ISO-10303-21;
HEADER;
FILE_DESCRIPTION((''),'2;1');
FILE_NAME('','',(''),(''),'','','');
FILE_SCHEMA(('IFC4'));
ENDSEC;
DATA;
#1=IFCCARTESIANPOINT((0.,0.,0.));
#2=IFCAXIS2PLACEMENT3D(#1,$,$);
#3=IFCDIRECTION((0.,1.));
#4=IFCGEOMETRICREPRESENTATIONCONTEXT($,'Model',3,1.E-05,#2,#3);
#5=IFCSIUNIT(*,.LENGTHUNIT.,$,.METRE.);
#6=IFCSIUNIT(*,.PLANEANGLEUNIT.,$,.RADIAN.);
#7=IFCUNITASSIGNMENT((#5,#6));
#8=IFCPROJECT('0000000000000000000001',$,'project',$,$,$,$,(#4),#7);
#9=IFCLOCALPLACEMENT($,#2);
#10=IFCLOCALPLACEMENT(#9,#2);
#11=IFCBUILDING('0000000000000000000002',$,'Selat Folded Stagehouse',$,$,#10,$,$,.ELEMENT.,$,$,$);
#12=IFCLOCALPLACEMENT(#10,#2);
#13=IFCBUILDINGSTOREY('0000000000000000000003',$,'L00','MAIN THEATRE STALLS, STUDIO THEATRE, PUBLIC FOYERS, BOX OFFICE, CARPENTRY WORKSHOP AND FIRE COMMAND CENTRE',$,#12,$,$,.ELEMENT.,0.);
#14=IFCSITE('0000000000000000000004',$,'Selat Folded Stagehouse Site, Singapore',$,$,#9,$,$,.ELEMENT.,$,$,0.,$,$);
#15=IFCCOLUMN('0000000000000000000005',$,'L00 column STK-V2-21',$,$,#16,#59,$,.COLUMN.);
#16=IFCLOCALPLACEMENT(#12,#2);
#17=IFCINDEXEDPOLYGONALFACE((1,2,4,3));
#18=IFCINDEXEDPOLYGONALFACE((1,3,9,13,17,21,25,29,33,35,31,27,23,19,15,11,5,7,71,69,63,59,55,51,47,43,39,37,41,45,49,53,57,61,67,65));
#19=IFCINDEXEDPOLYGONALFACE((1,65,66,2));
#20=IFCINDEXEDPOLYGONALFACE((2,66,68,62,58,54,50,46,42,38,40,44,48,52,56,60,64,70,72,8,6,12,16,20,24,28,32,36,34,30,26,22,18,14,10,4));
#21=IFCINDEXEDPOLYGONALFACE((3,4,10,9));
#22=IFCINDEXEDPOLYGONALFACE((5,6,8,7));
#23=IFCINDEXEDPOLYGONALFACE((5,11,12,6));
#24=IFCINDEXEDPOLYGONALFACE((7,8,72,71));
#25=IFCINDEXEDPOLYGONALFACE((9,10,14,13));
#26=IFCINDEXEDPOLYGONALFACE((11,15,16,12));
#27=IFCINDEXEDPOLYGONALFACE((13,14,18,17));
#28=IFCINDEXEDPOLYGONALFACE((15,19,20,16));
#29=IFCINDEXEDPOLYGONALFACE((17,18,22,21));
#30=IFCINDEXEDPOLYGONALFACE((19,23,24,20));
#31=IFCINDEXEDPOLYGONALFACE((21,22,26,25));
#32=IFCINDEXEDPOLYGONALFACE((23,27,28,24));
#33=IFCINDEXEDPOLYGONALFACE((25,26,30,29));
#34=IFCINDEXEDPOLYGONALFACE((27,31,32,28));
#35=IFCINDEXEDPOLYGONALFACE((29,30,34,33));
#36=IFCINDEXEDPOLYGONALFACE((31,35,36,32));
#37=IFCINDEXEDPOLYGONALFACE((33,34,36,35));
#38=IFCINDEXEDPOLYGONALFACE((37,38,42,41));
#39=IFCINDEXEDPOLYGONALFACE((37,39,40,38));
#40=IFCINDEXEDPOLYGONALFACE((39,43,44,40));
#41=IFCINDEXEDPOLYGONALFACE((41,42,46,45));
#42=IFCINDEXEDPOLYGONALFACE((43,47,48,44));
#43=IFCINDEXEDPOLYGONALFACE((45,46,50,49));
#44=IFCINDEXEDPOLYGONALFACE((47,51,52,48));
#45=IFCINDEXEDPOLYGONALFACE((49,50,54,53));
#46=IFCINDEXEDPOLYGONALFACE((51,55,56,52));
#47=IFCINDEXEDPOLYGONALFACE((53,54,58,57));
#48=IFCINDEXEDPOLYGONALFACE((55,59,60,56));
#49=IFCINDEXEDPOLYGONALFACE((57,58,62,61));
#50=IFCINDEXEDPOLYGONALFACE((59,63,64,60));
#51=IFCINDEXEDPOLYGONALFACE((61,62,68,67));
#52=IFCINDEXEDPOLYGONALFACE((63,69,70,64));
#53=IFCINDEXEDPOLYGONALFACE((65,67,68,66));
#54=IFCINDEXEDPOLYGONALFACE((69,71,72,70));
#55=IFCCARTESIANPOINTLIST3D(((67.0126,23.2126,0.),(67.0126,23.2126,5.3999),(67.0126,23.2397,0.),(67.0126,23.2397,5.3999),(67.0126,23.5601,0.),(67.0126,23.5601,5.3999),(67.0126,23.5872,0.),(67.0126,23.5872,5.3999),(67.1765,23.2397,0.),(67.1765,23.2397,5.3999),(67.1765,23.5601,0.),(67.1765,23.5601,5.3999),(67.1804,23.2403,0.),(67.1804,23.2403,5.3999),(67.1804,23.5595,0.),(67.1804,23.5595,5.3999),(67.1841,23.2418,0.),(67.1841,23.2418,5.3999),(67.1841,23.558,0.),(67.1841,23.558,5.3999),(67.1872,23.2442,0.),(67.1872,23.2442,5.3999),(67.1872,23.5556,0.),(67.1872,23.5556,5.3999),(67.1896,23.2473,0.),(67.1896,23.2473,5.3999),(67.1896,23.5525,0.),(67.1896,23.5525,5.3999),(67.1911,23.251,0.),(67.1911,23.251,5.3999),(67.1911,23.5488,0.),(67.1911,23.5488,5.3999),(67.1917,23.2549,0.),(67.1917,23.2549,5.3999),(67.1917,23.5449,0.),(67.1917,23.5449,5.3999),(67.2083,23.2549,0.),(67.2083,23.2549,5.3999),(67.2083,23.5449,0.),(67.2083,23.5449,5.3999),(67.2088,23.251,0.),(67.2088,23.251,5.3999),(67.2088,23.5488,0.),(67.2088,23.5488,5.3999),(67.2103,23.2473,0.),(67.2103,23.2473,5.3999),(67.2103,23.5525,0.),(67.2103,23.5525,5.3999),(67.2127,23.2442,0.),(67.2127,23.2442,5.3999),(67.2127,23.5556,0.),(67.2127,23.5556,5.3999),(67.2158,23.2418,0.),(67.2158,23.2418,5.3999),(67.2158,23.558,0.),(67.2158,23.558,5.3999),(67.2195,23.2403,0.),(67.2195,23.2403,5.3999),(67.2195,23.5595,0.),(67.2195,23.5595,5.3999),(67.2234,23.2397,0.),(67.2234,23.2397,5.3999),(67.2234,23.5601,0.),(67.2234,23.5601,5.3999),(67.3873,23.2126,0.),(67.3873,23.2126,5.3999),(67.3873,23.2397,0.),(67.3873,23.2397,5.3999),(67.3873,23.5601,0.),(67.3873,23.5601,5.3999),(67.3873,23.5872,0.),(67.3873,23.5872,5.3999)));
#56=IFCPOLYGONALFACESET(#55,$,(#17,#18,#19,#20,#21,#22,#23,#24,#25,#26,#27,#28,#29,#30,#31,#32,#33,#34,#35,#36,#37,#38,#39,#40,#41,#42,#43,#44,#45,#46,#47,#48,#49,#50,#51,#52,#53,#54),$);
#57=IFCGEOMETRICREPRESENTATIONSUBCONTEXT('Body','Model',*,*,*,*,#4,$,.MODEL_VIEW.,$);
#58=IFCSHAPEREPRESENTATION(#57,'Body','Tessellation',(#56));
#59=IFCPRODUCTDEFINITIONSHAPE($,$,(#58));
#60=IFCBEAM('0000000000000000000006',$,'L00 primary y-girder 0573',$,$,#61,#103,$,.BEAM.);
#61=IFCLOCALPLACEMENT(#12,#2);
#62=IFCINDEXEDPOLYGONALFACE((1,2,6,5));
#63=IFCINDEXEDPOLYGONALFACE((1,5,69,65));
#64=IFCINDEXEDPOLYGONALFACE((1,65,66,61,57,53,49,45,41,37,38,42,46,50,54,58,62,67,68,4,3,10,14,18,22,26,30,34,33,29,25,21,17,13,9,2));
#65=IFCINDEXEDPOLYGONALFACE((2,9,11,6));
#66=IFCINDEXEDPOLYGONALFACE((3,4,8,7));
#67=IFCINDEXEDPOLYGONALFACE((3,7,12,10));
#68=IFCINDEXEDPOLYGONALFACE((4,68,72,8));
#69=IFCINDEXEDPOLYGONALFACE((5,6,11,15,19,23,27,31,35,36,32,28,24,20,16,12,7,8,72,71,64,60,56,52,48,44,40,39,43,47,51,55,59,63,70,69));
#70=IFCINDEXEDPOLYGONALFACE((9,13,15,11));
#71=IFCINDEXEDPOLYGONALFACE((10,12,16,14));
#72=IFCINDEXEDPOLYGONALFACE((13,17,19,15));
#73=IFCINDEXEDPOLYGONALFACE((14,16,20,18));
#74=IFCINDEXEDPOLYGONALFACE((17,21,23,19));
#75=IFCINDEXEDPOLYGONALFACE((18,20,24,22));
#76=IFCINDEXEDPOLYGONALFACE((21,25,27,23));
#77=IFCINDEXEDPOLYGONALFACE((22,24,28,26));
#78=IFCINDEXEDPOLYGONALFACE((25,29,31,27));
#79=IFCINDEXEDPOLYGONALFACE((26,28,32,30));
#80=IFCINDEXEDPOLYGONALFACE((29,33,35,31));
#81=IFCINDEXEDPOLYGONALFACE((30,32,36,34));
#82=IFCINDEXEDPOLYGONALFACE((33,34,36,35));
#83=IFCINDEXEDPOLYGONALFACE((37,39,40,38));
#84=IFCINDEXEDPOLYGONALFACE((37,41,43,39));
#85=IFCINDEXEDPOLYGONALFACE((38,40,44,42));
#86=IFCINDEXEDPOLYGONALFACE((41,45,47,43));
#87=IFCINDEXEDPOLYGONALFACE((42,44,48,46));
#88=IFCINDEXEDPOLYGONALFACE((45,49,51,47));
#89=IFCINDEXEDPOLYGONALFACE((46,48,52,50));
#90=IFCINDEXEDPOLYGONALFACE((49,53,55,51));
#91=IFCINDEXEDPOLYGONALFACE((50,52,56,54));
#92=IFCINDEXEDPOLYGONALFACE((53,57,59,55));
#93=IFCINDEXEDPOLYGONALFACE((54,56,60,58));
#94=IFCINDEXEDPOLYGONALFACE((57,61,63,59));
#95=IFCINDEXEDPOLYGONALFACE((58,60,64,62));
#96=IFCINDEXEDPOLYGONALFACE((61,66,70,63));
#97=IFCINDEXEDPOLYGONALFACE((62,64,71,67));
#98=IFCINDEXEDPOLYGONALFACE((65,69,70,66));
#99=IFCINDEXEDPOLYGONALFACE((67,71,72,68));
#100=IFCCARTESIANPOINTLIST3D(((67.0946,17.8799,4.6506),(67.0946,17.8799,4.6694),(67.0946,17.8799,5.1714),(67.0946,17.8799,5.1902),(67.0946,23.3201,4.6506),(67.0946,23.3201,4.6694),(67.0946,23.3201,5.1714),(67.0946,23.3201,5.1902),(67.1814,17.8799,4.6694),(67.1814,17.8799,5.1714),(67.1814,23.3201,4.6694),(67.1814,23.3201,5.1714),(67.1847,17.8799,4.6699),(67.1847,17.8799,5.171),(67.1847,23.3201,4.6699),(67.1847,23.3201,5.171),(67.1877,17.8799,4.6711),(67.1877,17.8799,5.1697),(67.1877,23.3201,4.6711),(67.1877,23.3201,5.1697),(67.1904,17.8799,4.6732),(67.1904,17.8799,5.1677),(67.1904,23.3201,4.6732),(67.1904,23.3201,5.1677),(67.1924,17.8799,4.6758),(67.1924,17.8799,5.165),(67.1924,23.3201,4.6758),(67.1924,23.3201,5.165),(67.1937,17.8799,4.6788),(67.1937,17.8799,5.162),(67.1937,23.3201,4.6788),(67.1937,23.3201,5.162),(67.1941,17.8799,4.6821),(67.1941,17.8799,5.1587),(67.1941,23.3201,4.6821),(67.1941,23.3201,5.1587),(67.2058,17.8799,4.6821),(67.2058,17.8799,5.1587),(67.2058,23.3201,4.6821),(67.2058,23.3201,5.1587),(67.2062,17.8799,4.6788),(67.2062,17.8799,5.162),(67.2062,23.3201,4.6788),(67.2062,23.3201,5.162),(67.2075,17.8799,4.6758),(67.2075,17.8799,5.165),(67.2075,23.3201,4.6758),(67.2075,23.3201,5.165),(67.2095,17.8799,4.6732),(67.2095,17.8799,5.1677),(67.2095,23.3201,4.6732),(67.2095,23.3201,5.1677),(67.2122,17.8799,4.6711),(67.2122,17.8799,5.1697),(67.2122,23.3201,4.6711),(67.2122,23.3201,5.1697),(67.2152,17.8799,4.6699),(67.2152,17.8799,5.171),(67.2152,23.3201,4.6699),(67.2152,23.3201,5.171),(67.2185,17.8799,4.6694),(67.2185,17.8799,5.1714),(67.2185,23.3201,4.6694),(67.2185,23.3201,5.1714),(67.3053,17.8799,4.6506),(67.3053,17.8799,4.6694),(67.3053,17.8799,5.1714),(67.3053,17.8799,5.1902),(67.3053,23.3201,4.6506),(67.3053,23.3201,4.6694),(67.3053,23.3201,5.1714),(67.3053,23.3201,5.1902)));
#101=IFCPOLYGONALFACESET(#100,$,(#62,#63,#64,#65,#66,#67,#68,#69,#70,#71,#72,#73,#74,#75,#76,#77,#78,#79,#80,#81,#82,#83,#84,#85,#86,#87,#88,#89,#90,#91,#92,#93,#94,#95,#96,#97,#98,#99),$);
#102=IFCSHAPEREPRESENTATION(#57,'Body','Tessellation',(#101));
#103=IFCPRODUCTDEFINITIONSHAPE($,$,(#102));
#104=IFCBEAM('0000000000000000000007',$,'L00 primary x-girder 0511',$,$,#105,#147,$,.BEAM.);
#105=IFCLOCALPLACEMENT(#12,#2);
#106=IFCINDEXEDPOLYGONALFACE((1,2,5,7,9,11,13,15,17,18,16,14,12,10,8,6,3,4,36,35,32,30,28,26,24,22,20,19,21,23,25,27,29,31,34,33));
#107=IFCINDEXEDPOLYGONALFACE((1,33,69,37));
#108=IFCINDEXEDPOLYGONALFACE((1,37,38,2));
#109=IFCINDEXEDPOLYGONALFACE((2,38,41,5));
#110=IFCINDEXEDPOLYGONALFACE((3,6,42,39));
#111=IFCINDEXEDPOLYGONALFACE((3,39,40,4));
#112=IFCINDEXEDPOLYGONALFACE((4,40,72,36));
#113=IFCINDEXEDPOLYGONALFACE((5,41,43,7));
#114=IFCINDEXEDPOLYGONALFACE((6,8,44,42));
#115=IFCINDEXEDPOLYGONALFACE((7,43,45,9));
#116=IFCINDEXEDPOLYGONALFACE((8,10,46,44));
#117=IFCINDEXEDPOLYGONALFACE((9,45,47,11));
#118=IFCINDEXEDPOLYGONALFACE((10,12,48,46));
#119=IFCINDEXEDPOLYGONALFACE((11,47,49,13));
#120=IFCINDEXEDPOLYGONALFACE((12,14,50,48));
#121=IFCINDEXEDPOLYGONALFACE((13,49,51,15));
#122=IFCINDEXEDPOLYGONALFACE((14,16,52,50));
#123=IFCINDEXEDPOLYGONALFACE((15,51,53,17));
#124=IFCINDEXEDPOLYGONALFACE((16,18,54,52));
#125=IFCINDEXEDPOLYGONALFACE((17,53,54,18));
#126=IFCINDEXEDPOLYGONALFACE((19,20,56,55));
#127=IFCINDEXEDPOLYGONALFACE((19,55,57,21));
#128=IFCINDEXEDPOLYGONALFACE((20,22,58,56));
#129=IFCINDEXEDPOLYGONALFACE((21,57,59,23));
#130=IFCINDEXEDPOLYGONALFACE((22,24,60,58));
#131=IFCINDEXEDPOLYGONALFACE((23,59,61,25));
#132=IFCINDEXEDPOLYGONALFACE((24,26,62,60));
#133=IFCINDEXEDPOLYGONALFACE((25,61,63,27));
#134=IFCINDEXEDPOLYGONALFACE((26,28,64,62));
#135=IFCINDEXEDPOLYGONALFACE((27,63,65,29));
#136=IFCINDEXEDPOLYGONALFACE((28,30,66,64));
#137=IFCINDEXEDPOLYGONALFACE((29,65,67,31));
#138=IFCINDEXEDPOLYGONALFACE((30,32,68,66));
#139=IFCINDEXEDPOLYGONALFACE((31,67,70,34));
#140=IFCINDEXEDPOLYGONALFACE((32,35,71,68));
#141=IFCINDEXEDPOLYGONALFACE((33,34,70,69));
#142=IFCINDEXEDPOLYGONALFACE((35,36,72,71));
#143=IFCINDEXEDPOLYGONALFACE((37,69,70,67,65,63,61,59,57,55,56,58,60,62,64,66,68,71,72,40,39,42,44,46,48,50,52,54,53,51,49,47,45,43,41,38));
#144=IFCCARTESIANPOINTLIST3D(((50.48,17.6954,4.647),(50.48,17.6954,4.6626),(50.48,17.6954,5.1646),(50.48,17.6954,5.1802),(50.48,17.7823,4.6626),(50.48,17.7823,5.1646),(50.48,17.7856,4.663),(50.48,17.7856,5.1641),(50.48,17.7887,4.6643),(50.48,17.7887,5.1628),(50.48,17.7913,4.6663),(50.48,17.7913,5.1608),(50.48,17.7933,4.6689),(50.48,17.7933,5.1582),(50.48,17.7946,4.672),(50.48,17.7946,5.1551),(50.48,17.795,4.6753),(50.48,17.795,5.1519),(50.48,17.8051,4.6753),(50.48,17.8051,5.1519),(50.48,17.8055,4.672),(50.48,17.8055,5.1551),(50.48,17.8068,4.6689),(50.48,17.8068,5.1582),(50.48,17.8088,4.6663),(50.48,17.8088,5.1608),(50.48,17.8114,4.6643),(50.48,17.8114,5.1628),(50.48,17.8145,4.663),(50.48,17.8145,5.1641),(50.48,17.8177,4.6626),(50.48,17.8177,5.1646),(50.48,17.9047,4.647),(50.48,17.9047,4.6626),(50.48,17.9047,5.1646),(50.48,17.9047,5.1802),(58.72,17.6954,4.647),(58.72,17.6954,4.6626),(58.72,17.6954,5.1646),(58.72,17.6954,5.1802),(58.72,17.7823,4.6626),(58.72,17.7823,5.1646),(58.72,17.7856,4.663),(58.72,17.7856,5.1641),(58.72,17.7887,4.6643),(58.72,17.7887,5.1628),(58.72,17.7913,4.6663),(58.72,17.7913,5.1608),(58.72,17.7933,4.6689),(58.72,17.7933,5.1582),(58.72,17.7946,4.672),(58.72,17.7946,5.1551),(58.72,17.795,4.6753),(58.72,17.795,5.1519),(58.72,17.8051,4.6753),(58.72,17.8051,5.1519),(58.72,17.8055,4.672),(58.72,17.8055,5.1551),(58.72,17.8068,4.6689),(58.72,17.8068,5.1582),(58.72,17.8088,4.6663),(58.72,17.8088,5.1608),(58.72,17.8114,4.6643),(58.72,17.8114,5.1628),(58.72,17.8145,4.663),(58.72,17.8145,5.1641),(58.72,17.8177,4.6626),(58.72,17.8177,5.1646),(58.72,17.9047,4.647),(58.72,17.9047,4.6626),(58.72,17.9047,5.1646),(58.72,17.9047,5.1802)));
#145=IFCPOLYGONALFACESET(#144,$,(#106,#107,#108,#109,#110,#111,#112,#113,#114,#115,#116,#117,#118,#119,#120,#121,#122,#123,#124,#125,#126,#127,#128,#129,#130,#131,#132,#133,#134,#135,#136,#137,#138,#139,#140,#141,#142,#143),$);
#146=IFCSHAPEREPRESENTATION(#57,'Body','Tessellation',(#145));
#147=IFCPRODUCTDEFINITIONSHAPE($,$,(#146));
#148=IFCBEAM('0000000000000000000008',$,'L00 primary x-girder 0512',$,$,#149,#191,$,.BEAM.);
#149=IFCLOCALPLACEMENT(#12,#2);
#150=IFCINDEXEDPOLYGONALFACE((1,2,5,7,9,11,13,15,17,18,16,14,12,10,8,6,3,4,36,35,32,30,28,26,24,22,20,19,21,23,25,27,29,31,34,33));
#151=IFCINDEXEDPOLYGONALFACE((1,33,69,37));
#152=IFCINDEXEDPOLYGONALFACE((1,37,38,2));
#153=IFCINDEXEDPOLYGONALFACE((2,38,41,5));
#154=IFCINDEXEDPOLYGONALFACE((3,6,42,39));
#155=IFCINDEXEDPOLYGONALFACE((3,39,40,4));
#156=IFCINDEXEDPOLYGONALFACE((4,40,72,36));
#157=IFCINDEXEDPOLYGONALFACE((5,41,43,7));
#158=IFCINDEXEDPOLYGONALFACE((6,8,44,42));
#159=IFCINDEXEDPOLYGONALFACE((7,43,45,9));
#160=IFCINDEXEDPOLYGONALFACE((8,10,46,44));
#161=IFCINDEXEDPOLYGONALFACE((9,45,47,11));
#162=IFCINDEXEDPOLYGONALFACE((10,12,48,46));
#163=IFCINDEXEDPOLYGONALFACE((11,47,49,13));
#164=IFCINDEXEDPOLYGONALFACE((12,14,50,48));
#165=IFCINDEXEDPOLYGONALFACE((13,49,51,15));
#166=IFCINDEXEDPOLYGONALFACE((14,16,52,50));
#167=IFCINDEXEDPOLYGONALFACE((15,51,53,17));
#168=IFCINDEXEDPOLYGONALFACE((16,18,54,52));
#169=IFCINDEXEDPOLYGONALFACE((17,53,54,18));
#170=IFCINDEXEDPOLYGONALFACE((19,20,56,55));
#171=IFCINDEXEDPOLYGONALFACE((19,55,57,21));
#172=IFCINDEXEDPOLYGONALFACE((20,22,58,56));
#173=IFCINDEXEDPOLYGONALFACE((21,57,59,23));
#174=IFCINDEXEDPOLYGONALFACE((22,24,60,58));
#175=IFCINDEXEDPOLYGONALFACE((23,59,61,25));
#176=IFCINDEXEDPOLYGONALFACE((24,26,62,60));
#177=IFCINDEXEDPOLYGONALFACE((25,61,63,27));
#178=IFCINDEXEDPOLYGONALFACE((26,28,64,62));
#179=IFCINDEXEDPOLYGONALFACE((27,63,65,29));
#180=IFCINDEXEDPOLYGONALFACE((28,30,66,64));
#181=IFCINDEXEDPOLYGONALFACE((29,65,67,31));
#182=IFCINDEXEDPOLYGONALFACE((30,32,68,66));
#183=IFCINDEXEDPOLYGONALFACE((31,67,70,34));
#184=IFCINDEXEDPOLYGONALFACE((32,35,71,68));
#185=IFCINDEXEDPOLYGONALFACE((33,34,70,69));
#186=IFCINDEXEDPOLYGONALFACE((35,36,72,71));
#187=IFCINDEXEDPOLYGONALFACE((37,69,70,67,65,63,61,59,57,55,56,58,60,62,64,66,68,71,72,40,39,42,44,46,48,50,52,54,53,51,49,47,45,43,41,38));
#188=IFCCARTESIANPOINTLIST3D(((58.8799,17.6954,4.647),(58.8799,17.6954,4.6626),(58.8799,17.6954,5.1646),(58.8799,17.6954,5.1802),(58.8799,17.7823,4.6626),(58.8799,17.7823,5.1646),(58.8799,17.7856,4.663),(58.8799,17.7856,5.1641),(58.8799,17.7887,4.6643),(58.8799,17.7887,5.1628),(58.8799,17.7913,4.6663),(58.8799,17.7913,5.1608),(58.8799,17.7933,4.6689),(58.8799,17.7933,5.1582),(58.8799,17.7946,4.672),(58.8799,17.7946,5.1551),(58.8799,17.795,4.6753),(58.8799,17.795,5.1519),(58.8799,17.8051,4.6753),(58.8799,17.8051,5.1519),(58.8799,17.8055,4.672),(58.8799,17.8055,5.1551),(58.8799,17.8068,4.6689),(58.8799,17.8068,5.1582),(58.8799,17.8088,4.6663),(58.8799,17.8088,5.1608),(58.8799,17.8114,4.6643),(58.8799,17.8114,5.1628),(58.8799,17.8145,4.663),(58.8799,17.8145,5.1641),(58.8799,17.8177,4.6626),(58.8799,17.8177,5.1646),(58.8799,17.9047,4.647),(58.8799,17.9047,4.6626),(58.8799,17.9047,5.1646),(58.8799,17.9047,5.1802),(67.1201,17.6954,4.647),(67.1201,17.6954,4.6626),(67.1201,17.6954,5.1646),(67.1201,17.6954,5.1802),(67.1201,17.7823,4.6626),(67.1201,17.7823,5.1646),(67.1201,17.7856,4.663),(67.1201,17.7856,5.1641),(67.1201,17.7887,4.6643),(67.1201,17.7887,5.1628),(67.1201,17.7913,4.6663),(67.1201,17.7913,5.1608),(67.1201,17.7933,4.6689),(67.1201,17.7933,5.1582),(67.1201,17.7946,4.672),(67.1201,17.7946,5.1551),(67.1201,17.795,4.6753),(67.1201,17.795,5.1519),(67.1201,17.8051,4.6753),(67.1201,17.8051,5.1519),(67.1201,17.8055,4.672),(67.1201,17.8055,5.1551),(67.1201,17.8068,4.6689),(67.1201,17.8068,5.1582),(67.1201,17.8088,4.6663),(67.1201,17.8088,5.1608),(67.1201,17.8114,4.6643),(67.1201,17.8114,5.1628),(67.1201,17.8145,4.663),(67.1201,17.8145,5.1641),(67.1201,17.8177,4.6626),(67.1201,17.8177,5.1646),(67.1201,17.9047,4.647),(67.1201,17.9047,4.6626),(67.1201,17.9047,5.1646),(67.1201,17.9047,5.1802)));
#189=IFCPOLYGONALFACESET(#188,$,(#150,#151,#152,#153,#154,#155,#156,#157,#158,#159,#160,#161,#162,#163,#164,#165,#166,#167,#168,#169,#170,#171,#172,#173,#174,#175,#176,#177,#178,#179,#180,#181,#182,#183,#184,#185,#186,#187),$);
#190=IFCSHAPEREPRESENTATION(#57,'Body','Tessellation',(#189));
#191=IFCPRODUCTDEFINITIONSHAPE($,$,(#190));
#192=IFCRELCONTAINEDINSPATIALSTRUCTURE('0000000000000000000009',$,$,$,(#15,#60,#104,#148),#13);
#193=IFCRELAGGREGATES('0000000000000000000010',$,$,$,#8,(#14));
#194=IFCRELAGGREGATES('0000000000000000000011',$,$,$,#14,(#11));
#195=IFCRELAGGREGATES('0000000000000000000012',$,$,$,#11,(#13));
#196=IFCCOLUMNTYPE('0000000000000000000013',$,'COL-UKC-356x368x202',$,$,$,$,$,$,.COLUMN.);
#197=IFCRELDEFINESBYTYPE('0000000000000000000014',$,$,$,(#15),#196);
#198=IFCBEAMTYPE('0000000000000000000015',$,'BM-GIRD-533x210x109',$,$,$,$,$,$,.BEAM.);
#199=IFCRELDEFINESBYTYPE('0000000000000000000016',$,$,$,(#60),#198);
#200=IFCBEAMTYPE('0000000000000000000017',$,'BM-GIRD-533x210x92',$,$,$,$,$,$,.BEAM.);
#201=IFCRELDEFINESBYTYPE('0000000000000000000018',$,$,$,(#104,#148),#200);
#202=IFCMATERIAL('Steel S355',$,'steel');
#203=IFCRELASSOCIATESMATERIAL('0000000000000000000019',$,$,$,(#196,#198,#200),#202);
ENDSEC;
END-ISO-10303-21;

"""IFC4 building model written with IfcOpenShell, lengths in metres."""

from ifc_helpers import new_model, si_unit, direction, frame, origin, origin_2d, place, context, subcontext, project, spatial, i_section, extrude, material, material_profile, profile_set, type_object, element, save


model = new_model("IFC4")

# Units and contexts
model_context = context("Model", 3, precision=1e-05, world=origin(), true_north=direction((0.0, 1.0)))
body_context = subcontext(model_context, "Body", "Model", "MODEL_VIEW")
ifc_project = project(units=[si_unit("LENGTHUNIT", "METRE"), si_unit("PLANEANGLEUNIT", "RADIAN")], contexts=[model_context])

# Site, building, storey
site_placement = place(None, origin())
site = spatial("IfcSite", under=ifc_project, at=site_placement, Name="Selat Folded Stagehouse Site, Singapore", CompositionType="ELEMENT", RefElevation=0.0)
building_placement = place(site_placement, origin())
building = spatial("IfcBuilding", under=site, at=building_placement, Name="Selat Folded Stagehouse", CompositionType="ELEMENT")
storey_placement = place(building_placement, origin())
storey = spatial("IfcBuildingStorey", under=building, at=storey_placement, Name="L00", Description="MAIN THEATRE STALLS, STUDIO THEATRE, PUBLIC FOYERS, BOX OFFICE, CARPENTRY WORKSHOP AND FIRE COMMAND CENTRE", CompositionType="ELEMENT", Elevation=0.0)

# Column
ifc_material_1 = material(Name="Steel S355", Category="steel")
ifc_material_profile_1 = material_profile(ifc_material_1, i_section(OverallWidth=0.3748, OverallDepth=0.3745, WebThickness=0.0166, FlangeThickness=0.0271, FilletRadius=0.0151, at=origin_2d()), Name="UKC 356x368x202")
ifc_profile_set_1 = profile_set([ifc_material_profile_1], Name="Steel S355")
column_type_1 = type_object("IfcColumnType", Name="COL-UKC-356x368x202", PredefinedType="COLUMN", material=ifc_profile_set_1)
for number, where, z_axis, x_axis, name in (
    (1, (67.2, 23.3999, 0.0), (0.0, 0.0, 1.0), (1.0, 0.0, 0.0), "L00 column STK-V2-21"),
):
    element("IfcColumn", number, at=place(storey_placement, frame(where, z_axis=z_axis, x_axis=x_axis)), inside=storey, type_object=column_type_1, Name=name, PredefinedType="COLUMN", context=body_context, shape_type="SweptSolid", body=[
        extrude(i_section(OverallWidth=0.3748, OverallDepth=0.3745, WebThickness=0.0166, FlangeThickness=0.0271, FilletRadius=0.0151, at=origin_2d()), origin(), (0.0, 0.0, 1.0), 5.3999),
    ])

# Beams
ifc_material_profile_2 = material_profile(ifc_material_1, i_section(OverallWidth=0.2107, OverallDepth=0.5396, WebThickness=0.0117, FlangeThickness=0.0188, FilletRadius=0.0127, at=origin_2d()), Name="UKB 533x210x109")
ifc_profile_set_2 = profile_set([ifc_material_profile_2], Name="Steel S355")
beam_type_1 = type_object("IfcBeamType", Name="BM-GIRD-533x210x109", PredefinedType="BEAM", material=ifc_profile_set_2)
beam_1_placement = place(storey_placement, frame((67.2, 17.8799, 4.9204), z_axis=(0.0, 1.0, 0.0), x_axis=(-1.0, 0.0, 0.0)))
element("IfcBeam", 2, at=beam_1_placement, inside=storey, type_object=beam_type_1, Name="L00 primary y-girder 0573", PredefinedType="BEAM", context=body_context, shape_type="SweptSolid", body=[
    extrude(i_section(OverallWidth=0.2107, OverallDepth=0.5396, WebThickness=0.0117, FlangeThickness=0.0188, FilletRadius=0.0127, at=origin_2d()), origin(), (0.0, 0.0, 1.0), 5.4402),
])
ifc_material_profile_3 = material_profile(ifc_material_1, i_section(OverallWidth=0.2092, OverallDepth=0.5332, WebThickness=0.01, FlangeThickness=0.0156, FilletRadius=0.0127, at=origin_2d()), Name="UKB 533x210x92")
ifc_profile_set_3 = profile_set([ifc_material_profile_3], Name="Steel S355")
beam_type_2 = type_object("IfcBeamType", Name="BM-GIRD-533x210x92", PredefinedType="BEAM", material=ifc_profile_set_3)
beam_2_placement = place(storey_placement, frame((50.48, 17.8, 4.9136), z_axis=(1.0, 0.0, 0.0), x_axis=(0.0, 1.0, 0.0)))
element("IfcBeam", 3, at=beam_2_placement, inside=storey, type_object=beam_type_2, Name="L00 primary x-girder 0511", PredefinedType="BEAM", context=body_context, shape_type="SweptSolid", body=[
    extrude(i_section(OverallWidth=0.2092, OverallDepth=0.5332, WebThickness=0.01, FlangeThickness=0.0156, FilletRadius=0.0127, at=origin_2d()), origin(), (0.0, 0.0, 1.0), 8.24),
])
beam_3_placement = place(storey_placement, frame((58.8799, 17.8, 4.9136), z_axis=(1.0, 0.0, 0.0), x_axis=(0.0, 1.0, 0.0)))
element("IfcBeam", 4, at=beam_3_placement, inside=storey, type_object=beam_type_2, Name="L00 primary x-girder 0512", PredefinedType="BEAM", context=body_context, shape_type="SweptSolid", body=[
    extrude(i_section(OverallWidth=0.2092, OverallDepth=0.5332, WebThickness=0.01, FlangeThickness=0.0156, FilletRadius=0.0127, at=origin_2d()), origin(), (0.0, 0.0, 1.0), 8.2402),
])

save(model, "model.ifc")
